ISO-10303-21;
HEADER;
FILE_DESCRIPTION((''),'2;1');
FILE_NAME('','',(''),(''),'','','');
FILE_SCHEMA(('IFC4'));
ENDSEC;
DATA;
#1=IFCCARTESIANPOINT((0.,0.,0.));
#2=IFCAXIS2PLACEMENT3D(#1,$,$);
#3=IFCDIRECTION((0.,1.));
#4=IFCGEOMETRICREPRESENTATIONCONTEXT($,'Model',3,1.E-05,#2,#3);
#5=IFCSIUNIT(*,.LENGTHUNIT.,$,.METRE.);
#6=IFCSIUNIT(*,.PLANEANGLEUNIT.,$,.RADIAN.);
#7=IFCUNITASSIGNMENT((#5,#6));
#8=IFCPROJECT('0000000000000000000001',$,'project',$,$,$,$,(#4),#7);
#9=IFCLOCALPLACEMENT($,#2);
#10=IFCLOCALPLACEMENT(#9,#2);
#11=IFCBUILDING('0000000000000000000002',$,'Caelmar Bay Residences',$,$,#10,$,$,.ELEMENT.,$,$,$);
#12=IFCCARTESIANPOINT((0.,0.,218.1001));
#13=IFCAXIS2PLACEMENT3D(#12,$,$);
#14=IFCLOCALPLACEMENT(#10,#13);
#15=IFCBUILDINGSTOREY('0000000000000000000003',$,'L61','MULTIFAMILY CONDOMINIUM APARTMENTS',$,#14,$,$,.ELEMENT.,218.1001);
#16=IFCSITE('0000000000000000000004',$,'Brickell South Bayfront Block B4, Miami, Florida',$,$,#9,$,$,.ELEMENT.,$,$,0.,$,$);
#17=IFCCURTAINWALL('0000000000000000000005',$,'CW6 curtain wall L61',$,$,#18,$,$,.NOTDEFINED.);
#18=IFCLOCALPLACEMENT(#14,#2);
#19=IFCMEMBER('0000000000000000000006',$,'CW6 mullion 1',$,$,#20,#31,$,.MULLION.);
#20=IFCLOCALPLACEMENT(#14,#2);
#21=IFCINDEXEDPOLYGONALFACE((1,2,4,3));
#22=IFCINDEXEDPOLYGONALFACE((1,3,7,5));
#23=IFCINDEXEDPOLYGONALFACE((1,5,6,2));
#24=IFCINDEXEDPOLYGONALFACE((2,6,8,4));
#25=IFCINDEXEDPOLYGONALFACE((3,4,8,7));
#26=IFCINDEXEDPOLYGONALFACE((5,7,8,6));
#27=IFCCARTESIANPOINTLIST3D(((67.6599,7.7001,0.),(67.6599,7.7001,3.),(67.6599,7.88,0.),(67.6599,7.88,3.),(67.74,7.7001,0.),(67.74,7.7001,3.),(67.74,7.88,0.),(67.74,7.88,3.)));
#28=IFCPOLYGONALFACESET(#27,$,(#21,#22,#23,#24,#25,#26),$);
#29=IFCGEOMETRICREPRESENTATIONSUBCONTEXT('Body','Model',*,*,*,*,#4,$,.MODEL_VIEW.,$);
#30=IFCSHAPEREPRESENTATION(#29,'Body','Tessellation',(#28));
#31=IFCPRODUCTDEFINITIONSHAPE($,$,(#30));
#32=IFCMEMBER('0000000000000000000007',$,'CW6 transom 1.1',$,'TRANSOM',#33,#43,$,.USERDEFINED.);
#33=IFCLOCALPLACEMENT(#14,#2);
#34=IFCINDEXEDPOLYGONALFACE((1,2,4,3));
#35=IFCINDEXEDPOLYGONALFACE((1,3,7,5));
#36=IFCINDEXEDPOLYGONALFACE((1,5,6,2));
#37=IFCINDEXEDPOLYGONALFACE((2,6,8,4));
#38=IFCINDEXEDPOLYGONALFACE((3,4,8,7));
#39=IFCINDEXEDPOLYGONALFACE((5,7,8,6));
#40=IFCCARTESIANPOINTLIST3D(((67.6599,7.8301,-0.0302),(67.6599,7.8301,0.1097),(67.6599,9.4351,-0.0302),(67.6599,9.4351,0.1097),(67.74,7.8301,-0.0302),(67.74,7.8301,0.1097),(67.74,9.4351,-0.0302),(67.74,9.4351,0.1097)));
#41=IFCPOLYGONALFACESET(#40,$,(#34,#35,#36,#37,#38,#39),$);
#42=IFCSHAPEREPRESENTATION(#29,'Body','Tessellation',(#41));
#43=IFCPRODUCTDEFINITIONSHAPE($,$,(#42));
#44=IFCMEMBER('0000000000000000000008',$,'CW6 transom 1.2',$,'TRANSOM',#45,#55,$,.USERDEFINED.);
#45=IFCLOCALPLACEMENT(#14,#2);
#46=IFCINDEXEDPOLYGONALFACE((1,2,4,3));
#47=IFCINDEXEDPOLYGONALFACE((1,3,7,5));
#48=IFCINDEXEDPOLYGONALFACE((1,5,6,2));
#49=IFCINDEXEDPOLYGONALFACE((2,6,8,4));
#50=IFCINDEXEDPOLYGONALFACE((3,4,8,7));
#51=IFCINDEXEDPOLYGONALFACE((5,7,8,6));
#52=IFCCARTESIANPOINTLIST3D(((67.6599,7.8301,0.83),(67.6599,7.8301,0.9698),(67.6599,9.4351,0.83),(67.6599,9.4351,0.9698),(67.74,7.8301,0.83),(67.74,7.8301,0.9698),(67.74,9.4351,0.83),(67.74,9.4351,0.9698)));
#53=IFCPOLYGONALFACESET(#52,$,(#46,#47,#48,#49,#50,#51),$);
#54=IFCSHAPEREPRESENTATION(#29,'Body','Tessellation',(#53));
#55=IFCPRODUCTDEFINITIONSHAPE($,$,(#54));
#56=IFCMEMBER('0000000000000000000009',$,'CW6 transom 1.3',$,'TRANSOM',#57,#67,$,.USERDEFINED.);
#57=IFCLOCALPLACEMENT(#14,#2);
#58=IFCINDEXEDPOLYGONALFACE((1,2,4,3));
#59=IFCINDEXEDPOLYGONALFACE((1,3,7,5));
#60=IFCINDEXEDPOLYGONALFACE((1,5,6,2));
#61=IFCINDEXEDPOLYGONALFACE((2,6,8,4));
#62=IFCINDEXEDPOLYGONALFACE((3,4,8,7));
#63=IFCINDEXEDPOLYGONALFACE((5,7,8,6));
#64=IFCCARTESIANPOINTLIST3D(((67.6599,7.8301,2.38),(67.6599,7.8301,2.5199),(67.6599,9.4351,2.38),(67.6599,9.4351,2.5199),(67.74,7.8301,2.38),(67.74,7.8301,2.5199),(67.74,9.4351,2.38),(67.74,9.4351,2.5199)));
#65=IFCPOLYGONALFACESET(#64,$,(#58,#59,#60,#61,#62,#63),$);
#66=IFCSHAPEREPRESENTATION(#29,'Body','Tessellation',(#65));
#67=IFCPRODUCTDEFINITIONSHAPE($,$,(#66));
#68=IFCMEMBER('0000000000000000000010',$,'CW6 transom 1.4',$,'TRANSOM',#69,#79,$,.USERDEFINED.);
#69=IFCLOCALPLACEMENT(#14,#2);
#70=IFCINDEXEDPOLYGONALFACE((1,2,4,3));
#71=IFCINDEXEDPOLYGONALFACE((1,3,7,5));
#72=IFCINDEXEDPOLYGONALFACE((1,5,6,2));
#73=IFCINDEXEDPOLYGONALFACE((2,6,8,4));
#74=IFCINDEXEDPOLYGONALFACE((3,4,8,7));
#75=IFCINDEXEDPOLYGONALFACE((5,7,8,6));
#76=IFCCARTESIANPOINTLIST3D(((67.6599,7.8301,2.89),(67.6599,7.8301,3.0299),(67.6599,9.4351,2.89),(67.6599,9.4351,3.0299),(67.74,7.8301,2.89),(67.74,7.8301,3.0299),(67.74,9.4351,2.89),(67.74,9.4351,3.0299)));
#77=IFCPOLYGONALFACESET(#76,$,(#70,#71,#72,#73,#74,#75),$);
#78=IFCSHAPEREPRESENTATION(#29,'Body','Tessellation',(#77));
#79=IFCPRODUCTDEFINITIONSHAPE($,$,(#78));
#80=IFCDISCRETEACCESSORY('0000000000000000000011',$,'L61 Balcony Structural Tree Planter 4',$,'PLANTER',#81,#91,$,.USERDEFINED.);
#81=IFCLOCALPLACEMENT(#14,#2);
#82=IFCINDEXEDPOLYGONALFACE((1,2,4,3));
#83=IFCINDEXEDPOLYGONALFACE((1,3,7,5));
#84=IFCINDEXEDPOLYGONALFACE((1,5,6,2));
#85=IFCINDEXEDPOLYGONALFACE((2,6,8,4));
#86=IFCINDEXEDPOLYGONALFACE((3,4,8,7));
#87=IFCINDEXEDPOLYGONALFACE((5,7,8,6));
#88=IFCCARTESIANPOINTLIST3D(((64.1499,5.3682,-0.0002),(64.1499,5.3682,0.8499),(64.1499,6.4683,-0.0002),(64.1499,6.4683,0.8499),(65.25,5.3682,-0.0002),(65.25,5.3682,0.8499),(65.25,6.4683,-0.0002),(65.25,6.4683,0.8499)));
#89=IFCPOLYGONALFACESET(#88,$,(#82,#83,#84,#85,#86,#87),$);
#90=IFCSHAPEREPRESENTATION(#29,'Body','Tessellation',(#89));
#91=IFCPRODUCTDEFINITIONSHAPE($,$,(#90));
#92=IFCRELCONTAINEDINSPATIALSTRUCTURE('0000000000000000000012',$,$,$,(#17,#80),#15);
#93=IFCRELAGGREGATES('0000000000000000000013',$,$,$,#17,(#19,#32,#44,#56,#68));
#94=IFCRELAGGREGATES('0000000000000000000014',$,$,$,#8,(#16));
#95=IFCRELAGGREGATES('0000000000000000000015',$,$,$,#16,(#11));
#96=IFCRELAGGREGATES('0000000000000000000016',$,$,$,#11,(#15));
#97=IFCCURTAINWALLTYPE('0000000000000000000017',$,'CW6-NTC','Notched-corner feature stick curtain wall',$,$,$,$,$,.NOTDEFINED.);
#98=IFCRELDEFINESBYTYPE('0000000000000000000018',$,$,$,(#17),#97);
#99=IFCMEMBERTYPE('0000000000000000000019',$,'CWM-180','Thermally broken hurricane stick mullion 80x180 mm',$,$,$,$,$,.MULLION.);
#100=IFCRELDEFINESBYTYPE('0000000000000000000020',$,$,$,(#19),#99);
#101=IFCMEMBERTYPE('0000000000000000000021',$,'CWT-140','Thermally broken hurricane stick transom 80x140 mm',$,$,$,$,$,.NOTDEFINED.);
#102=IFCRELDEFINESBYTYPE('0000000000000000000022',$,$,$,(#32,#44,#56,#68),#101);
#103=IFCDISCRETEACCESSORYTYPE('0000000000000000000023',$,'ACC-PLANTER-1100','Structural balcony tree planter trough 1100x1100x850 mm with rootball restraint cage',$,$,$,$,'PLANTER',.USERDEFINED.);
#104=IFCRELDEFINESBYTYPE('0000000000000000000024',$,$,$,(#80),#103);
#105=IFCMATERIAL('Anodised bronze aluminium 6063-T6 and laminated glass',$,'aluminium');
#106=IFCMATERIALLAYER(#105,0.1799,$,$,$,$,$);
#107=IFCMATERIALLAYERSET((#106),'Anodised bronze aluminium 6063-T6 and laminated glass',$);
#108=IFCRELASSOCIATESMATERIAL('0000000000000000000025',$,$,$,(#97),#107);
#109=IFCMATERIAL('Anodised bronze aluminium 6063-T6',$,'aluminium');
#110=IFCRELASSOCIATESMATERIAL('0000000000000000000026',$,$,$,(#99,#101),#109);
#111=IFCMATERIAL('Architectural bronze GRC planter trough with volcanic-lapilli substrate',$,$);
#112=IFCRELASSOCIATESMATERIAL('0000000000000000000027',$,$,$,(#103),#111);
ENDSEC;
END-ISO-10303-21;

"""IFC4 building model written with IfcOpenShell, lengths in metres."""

from ifc_helpers import new_model, si_unit, direction, frame, origin, origin_2d, place, context, subcontext, project, spatial, rectangle, extrude, material, layer, layer_set, material_profile, profile_set, type_object, element, aggregate, save


model = new_model("IFC4")

# Units and contexts
model_context = context("Model", 3, precision=1e-05, world=origin(), true_north=direction((0.0, 1.0)))
body_context = subcontext(model_context, "Body", "Model", "MODEL_VIEW")
ifc_project = project(units=[si_unit("LENGTHUNIT", "METRE"), si_unit("PLANEANGLEUNIT", "RADIAN")], contexts=[model_context])

# Site, building, storey
site_placement = place(None, origin())
site = spatial("IfcSite", under=ifc_project, at=site_placement, Name="Brickell South Bayfront Block B4, Miami, Florida", CompositionType="ELEMENT", RefElevation=0.0)
building_placement = place(site_placement, origin())
building = spatial("IfcBuilding", under=site, at=building_placement, Name="Caelmar Bay Residences", CompositionType="ELEMENT")
storey_placement = place(building_placement, frame((0.0, 0.0, 218.1001)))
storey = spatial("IfcBuildingStorey", under=building, at=storey_placement, Name="L61", Description="MULTIFAMILY CONDOMINIUM APARTMENTS", CompositionType="ELEMENT", Elevation=218.1001)

# Curtain wall, members
ifc_material_1 = material(Name="Anodised bronze aluminium 6063-T6 and laminated glass", Category="aluminium")
ifc_layer_1 = layer(ifc_material_1, 0.1799)
ifc_layer_set_1 = layer_set([ifc_layer_1], Name="Anodised bronze aluminium 6063-T6 and laminated glass")
curtain_wall_type = type_object("IfcCurtainWallType", Name="CW6-NTC", Description="Notched-corner feature stick curtain wall", PredefinedType="NOTDEFINED", material=ifc_layer_set_1)
curtain_wall_placement = place(storey_placement, origin())
curtain_wall = element("IfcCurtainWall", 1, at=curtain_wall_placement, inside=storey, type_object=curtain_wall_type, Name="CW6 curtain wall L61", PredefinedType="NOTDEFINED")
ifc_material_2 = material(Name="Anodised bronze aluminium 6063-T6", Category="aluminium")
ifc_material_profile_1 = material_profile(ifc_material_2, rectangle(XDim=0.0801, YDim=0.1799, at=origin_2d()), Name="CWM-80X180")
ifc_profile_set_1 = profile_set([ifc_material_profile_1], Name="Anodised bronze aluminium 6063-T6")
member_type_1 = type_object("IfcMemberType", Name="CWM-180", Description="Thermally broken hurricane stick mullion 80x180 mm", PredefinedType="MULLION", material=ifc_profile_set_1)
member_1_placement = place(storey_placement, frame((67.7, 7.79, 0.0), z_axis=(0.0, 0.0, 1.0), x_axis=(-1.0, 0.0, 0.0)))
member_1 = element("IfcMember", 2, at=member_1_placement, type_object=member_type_1, Name="CW6 mullion 1", PredefinedType="MULLION", context=body_context, shape_type="SweptSolid", body=[
    extrude(rectangle(XDim=0.0801, YDim=0.1799, at=origin_2d()), origin(), (0.0, 0.0, 1.0), 3.0),
])
ifc_material_profile_2 = material_profile(ifc_material_2, rectangle(XDim=0.0801, YDim=0.1399, at=origin_2d()), Name="CWT-80X140")
ifc_profile_set_2 = profile_set([ifc_material_profile_2], Name="Anodised bronze aluminium 6063-T6")
member_type_2 = type_object("IfcMemberType", Name="CWT-140", Description="Thermally broken hurricane stick transom 80x140 mm", PredefinedType="NOTDEFINED", material=ifc_profile_set_2)
member_2_placement = place(storey_placement, frame((67.7, 7.8301, 0.0398), z_axis=(0.0, 1.0, 0.0), x_axis=(-1.0, 0.0, 0.0)))
member_2 = element("IfcMember", 3, at=member_2_placement, type_object=member_type_2, Name="CW6 transom 1.1", ObjectType="TRANSOM", PredefinedType="USERDEFINED", context=body_context, shape_type="SweptSolid", body=[
    extrude(rectangle(XDim=0.0801, YDim=0.1399, at=origin_2d()), origin(), (0.0, 0.0, 1.0), 1.605),
])
member_3_placement = place(storey_placement, frame((67.7, 7.8301, 0.8999), z_axis=(0.0, 1.0, 0.0), x_axis=(-1.0, 0.0, 0.0)))
member_3 = element("IfcMember", 4, at=member_3_placement, type_object=member_type_2, Name="CW6 transom 1.2", ObjectType="TRANSOM", PredefinedType="USERDEFINED", context=body_context, shape_type="SweptSolid", body=[
    extrude(rectangle(XDim=0.0801, YDim=0.1399, at=origin_2d()), origin(), (0.0, 0.0, 1.0), 1.605),
])
member_4_placement = place(storey_placement, frame((67.7, 7.8301, 2.45), z_axis=(0.0, 1.0, 0.0), x_axis=(-1.0, 0.0, 0.0)))
member_4 = element("IfcMember", 5, at=member_4_placement, type_object=member_type_2, Name="CW6 transom 1.3", ObjectType="TRANSOM", PredefinedType="USERDEFINED", context=body_context, shape_type="SweptSolid", body=[
    extrude(rectangle(XDim=0.0801, YDim=0.1399, at=origin_2d()), origin(), (0.0, 0.0, 1.0), 1.605),
])
member_5_placement = place(storey_placement, frame((67.7, 7.8301, 2.96), z_axis=(0.0, 1.0, 0.0), x_axis=(-1.0, 0.0, 0.0)))
member_5 = element("IfcMember", 6, at=member_5_placement, type_object=member_type_2, Name="CW6 transom 1.4", ObjectType="TRANSOM", PredefinedType="USERDEFINED", context=body_context, shape_type="SweptSolid", body=[
    extrude(rectangle(XDim=0.0801, YDim=0.1399, at=origin_2d()), origin(), (0.0, 0.0, 1.0), 1.605),
])
aggregate(curtain_wall, [member_1, member_2, member_3, member_4, member_5])

# Discrete accessory
ifc_material_3 = material(Name="Architectural bronze GRC planter trough with volcanic-lapilli substrate")
discrete_accessory_type = type_object("IfcDiscreteAccessoryType", Name="ACC-PLANTER-1100", Description="Structural balcony tree planter trough 1100x1100x850 mm with rootball restraint cage", ElementType="PLANTER", PredefinedType="USERDEFINED", material=ifc_material_3)
discrete_accessory_placement = place(storey_placement, frame((64.7, 5.9182, -0.0002), z_axis=(0.0, 0.0, 1.0), x_axis=(1.0, 0.0, 0.0)))
element("IfcDiscreteAccessory", 7, at=discrete_accessory_placement, inside=storey, type_object=discrete_accessory_type, Name="L61 Balcony Structural Tree Planter 4", ObjectType="PLANTER", PredefinedType="USERDEFINED", context=body_context, shape_type="SweptSolid", body=[
    extrude(rectangle(XDim=1.1001, YDim=1.1001, at=origin_2d()), origin(), (0.0, 0.0, 1.0), 0.8501),
])

save(model, "model.ifc")
